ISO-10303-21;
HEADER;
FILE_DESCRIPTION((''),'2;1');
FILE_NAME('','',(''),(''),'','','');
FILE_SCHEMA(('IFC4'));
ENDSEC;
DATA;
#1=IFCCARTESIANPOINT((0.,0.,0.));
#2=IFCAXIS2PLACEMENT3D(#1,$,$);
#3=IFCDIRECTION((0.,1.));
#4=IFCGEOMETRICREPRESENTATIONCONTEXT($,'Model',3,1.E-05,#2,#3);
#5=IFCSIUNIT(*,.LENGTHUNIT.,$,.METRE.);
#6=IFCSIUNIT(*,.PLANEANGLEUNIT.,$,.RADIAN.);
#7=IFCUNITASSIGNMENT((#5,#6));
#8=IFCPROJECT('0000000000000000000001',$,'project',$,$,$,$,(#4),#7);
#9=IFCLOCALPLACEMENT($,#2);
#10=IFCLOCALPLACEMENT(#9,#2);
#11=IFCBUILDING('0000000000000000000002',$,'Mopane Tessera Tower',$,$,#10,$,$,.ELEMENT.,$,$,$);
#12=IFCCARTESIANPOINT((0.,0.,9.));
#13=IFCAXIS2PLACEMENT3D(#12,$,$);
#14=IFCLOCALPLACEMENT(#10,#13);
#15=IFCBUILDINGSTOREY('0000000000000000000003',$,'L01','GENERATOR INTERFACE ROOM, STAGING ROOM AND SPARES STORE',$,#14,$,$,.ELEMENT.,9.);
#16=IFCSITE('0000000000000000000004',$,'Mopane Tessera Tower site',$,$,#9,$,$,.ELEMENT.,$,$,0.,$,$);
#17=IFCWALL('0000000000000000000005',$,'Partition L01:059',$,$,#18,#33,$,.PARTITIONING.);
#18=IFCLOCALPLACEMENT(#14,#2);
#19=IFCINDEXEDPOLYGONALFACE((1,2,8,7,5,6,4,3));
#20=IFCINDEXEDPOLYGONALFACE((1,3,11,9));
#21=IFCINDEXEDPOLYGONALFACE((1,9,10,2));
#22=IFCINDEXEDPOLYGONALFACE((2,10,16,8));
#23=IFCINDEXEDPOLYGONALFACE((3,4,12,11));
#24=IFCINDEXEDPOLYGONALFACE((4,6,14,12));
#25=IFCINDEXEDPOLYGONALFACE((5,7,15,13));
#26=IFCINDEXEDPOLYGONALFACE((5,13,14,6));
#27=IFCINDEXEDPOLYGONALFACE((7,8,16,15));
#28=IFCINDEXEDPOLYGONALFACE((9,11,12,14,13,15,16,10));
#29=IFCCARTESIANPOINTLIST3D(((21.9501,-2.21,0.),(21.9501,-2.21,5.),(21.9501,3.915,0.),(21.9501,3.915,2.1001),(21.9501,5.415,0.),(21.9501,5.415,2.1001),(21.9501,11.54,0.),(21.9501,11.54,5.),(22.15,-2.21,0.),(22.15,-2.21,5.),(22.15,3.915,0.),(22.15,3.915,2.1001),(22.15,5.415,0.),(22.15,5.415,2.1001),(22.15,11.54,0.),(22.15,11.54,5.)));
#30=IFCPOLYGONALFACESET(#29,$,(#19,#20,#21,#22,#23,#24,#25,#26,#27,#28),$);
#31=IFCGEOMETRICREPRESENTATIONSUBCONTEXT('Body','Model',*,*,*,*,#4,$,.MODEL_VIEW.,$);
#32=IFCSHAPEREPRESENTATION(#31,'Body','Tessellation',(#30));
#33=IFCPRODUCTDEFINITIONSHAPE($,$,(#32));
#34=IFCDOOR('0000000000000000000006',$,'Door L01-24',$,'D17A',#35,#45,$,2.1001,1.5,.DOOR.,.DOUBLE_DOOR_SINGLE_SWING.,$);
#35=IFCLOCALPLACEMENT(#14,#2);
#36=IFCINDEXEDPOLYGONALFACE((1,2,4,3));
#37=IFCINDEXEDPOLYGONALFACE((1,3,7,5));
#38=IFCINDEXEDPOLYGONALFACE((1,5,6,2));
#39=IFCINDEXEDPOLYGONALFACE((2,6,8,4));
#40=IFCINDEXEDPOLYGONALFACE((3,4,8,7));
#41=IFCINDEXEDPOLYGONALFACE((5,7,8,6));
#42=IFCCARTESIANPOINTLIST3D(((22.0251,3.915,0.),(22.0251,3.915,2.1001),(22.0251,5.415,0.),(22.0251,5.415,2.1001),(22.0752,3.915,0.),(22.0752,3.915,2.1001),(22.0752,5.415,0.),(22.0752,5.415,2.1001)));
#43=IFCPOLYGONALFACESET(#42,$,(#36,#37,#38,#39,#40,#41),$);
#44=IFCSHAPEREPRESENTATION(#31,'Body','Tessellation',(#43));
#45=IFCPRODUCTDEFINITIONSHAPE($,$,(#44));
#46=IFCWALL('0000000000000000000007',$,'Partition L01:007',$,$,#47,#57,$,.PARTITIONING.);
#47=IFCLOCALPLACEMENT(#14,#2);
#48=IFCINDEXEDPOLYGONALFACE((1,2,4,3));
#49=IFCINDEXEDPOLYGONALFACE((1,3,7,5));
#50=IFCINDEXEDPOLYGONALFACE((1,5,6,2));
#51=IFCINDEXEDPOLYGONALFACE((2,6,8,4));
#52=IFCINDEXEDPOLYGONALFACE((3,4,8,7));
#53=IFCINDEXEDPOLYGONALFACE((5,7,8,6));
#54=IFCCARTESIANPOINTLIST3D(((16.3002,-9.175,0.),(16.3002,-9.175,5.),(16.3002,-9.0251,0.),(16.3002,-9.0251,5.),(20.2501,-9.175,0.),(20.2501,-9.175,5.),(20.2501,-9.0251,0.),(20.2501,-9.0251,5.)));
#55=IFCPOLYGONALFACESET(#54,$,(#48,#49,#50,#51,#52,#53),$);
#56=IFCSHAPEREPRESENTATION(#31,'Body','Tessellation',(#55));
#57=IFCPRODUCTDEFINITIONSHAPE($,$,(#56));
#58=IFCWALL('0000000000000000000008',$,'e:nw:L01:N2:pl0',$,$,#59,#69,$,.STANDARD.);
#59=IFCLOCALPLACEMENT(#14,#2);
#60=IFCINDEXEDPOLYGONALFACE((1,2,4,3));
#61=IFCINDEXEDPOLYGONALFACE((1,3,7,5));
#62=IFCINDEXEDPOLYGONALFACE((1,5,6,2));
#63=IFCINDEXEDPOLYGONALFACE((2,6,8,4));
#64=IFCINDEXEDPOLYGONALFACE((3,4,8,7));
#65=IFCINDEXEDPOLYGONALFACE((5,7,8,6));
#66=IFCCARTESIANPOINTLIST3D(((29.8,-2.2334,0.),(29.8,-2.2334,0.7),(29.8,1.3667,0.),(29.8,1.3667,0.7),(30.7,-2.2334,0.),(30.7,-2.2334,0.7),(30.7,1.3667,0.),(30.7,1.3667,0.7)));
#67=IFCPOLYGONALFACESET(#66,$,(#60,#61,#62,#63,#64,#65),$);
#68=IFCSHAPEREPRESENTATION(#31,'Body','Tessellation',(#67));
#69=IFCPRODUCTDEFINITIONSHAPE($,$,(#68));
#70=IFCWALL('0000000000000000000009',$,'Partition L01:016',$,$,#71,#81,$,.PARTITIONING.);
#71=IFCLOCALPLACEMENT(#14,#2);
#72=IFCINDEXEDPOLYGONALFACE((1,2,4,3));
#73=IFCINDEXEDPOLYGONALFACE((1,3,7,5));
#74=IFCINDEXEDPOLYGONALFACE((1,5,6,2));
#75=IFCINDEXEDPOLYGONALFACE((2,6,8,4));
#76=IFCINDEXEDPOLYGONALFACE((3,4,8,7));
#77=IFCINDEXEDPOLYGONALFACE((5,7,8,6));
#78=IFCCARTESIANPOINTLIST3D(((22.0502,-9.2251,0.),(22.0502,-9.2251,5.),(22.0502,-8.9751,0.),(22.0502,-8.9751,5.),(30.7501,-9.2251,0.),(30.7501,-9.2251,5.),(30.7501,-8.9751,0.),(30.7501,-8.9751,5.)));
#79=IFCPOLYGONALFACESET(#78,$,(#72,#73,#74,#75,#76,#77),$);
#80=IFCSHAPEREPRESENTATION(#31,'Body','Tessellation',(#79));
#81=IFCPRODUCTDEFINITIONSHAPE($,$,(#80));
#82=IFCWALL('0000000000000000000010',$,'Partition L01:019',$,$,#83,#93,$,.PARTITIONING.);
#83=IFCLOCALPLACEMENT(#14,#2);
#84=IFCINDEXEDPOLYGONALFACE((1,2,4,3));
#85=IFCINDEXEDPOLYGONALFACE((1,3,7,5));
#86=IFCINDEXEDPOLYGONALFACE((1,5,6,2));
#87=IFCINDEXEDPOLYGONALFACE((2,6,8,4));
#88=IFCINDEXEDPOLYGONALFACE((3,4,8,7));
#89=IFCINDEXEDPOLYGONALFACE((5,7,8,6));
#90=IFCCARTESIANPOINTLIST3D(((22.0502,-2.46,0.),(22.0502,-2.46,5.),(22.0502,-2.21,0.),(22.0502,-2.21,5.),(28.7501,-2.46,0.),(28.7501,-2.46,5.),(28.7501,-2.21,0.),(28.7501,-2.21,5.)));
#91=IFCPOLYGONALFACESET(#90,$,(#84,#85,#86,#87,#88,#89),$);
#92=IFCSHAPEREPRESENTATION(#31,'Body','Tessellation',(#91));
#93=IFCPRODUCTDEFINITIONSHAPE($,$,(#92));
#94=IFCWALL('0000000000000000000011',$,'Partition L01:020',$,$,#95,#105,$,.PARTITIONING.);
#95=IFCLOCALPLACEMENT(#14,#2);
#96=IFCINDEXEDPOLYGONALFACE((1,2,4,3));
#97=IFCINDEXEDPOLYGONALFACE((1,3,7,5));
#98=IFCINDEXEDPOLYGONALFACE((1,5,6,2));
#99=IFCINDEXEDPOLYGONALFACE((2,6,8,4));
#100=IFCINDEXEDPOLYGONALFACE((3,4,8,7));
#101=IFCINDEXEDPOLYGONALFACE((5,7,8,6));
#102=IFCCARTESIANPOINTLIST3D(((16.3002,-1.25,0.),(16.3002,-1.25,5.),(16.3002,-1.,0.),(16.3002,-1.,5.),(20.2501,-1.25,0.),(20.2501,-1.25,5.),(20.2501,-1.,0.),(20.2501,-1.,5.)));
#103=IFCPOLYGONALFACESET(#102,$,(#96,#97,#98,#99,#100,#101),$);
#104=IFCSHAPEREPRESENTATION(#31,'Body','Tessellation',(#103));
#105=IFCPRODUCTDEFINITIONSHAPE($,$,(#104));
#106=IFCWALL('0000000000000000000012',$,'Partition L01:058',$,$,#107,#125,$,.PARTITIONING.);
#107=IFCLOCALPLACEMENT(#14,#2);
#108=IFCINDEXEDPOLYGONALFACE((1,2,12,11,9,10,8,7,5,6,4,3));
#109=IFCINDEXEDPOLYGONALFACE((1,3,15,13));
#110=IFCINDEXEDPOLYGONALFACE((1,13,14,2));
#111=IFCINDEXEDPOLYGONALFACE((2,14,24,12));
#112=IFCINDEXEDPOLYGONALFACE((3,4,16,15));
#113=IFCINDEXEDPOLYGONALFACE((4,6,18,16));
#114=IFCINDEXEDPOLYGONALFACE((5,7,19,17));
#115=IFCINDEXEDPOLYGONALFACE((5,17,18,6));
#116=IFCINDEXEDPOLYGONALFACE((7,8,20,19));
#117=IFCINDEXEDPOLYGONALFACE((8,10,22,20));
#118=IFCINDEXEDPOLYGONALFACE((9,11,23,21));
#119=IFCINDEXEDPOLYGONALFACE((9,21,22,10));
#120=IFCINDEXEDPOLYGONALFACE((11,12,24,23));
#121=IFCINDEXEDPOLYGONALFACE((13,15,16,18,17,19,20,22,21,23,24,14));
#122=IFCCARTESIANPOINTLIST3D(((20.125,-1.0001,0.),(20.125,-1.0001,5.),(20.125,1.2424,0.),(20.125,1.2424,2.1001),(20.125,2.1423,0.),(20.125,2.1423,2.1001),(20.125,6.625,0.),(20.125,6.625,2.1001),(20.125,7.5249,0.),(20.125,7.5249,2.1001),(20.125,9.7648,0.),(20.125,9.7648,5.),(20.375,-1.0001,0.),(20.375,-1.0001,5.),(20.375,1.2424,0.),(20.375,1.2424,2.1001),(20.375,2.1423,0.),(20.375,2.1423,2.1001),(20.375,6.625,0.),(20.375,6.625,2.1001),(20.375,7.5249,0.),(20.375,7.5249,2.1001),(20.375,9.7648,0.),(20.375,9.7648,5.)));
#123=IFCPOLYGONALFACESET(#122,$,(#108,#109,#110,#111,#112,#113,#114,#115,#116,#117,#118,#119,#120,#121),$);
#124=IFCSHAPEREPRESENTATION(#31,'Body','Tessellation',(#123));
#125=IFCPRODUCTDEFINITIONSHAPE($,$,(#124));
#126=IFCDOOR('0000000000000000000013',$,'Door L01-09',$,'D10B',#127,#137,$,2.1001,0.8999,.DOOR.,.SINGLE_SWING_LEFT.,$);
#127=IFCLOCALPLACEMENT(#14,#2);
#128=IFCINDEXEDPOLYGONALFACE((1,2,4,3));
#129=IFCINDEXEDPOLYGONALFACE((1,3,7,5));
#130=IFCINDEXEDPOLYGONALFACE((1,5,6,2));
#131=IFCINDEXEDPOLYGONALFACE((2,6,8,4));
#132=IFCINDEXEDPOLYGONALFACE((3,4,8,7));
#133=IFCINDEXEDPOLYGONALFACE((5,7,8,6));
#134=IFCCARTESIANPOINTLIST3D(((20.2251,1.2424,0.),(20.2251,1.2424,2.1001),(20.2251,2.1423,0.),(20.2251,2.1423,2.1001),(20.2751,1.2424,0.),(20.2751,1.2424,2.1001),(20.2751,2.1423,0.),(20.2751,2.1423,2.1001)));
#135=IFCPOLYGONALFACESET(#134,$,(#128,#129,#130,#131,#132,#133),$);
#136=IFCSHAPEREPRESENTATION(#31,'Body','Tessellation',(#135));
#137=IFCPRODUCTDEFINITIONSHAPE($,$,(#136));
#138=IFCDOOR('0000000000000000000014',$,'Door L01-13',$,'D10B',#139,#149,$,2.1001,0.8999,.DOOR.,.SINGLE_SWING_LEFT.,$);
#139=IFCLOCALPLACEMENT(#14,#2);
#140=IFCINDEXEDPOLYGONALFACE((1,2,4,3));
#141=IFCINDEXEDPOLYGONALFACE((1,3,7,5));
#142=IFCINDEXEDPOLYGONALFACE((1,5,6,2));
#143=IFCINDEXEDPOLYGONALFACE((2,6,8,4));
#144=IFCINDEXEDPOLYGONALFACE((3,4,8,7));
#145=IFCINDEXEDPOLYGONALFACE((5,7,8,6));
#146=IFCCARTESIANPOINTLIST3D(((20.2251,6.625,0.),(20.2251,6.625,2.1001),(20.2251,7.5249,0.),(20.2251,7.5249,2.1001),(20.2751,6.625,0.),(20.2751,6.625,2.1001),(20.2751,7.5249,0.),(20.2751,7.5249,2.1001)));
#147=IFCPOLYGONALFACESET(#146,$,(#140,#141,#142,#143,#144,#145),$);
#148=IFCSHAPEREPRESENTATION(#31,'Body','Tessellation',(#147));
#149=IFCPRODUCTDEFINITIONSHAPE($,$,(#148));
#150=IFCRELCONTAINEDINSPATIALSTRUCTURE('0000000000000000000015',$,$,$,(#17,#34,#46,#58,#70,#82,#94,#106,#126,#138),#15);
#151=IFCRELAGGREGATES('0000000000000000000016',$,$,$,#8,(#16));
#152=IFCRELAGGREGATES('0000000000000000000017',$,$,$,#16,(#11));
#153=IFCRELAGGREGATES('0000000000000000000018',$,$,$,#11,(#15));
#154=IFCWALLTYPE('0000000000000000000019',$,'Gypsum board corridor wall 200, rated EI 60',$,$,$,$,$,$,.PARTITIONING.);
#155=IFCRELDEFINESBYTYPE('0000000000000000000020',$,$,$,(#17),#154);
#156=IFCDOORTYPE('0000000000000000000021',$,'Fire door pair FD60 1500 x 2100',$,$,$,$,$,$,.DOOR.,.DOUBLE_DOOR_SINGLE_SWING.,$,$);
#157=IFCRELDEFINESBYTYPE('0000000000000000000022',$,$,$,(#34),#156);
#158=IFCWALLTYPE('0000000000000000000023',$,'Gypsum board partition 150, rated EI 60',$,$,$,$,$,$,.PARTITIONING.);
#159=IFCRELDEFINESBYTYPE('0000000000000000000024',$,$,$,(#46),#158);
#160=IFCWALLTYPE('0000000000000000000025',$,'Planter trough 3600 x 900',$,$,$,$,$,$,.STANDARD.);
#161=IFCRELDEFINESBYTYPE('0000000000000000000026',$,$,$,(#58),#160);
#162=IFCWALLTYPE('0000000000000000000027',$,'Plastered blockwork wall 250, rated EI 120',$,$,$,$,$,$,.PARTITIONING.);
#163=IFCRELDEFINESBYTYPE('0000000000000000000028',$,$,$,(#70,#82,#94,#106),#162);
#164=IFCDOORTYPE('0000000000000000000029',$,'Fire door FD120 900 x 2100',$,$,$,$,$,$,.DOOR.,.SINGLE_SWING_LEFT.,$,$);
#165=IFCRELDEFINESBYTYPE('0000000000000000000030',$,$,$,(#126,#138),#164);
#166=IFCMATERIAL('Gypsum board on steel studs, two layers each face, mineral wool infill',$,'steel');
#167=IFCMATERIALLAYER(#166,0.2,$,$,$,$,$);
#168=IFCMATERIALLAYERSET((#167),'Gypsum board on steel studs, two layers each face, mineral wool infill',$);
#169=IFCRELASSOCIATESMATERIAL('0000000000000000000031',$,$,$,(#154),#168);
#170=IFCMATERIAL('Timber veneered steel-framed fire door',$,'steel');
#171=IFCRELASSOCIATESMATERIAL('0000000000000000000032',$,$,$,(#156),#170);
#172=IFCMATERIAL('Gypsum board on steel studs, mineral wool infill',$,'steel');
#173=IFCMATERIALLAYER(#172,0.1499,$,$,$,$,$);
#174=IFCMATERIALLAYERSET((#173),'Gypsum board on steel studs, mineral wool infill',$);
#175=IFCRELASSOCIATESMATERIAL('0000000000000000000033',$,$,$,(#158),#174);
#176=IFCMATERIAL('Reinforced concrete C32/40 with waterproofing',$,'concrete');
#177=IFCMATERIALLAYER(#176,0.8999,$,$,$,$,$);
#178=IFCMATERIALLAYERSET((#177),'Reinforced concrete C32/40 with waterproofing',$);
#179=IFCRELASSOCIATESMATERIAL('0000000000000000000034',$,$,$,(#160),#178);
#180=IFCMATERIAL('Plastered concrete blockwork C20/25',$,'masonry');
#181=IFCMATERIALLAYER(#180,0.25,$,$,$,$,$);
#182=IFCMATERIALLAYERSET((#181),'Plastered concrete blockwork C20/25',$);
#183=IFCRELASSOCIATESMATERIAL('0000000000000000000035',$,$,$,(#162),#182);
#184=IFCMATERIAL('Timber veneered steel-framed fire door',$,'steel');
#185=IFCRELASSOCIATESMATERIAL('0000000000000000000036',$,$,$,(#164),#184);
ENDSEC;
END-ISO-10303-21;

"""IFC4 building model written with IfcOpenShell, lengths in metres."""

from ifc_helpers import new_model, si_unit, direction, frame, frame_2d, origin, place, context, subcontext, project, spatial, rectangle, extrude, material, layer, layer_set, type_object, element, fill, save


model = new_model("IFC4")

# Units and contexts
model_context = context("Model", 3, precision=1e-05, world=origin(), true_north=direction((0.0, 1.0)))
body_context = subcontext(model_context, "Body", "Model", "MODEL_VIEW")
ifc_project = project(units=[si_unit("LENGTHUNIT", "METRE"), si_unit("PLANEANGLEUNIT", "RADIAN")], contexts=[model_context])

# Site, building, storey
site_placement = place(None, origin())
site = spatial("IfcSite", under=ifc_project, at=site_placement, Name="Mopane Tessera Tower site", CompositionType="ELEMENT", RefElevation=0.0)
building_placement = place(site_placement, origin())
building = spatial("IfcBuilding", under=site, at=building_placement, Name="Mopane Tessera Tower", CompositionType="ELEMENT")
storey_placement = place(building_placement, frame((0.0, 0.0, 9.0)))
storey = spatial("IfcBuildingStorey", under=building, at=storey_placement, Name="L01", Description="GENERATOR INTERFACE ROOM, STAGING ROOM AND SPARES STORE", CompositionType="ELEMENT", Elevation=9.0)

# Shared definitions
ifc_material_1 = material(Name="Gypsum board on steel studs, two layers each face, mineral wool infill", Category="steel")
ifc_layer_1 = layer(ifc_material_1, 0.2)
ifc_layer_set_1 = layer_set([ifc_layer_1], Name="Gypsum board on steel studs, two layers each face, mineral wool infill")
wall_type_1 = type_object("IfcWallType", Name="Gypsum board corridor wall 200, rated EI 60", PredefinedType="PARTITIONING", material=ifc_layer_set_1)

# Wall, opening, door
wall_1_placement = place(storey_placement, frame((22.05, -2.21, 0.0), z_axis=(0.0, 0.0, 1.0), x_axis=(0.0, 1.0, 0.0)))
wall_1 = element("IfcWall", 1, at=wall_1_placement, inside=storey, type_object=wall_type_1, Name="Partition L01:059", PredefinedType="PARTITIONING", context=body_context, shape_type="SweptSolid", body=[
    extrude(rectangle(XDim=13.75, YDim=0.2, at=frame_2d((6.875, 0.0))), origin(), (0.0, 0.0, 1.0), 5.0),
])
opening_1_placement = place(wall_1_placement, frame((6.125, 0.0, 0.0)))
opening_1 = element("IfcOpeningElement", 2, at=opening_1_placement, cuts=wall_1, PredefinedType="OPENING", context=body_context, shape_type="SweptSolid", body=[
    extrude(rectangle(XDim=1.5, YDim=2.1001, at=frame_2d((0.75, 1.05))), frame((0.0, 0.1121, 0.0), z_axis=(0.0, -1.0, 0.0), x_axis=(1.0, 0.0, 0.0)), (0.0, 0.0, 1.0), 0.2239),
])
ifc_material_2 = material(Name="Timber veneered steel-framed fire door", Category="steel")
door_type_1 = type_object("IfcDoorType", Name="Fire door pair FD60 1500 x 2100", OperationType="DOUBLE_DOOR_SINGLE_SWING", PredefinedType="DOOR", material=ifc_material_2)
door_1_placement = place(opening_1_placement, origin())
door_1 = element("IfcDoor", 3, at=door_1_placement, inside=storey, type_object=door_type_1, Name="Door L01-24", ObjectType="D17A", OperationType="DOUBLE_DOOR_SINGLE_SWING", OverallHeight=2.1001, OverallWidth=1.5, PredefinedType="DOOR", context=body_context, shape_type="SweptSolid", body=[
    extrude(rectangle(XDim=1.5, YDim=2.1001, at=frame_2d((0.75, 1.05))), frame((0.0, 0.0249, 0.0), z_axis=(0.0, -1.0, 0.0), x_axis=(1.0, 0.0, 0.0)), (0.0, 0.0, 1.0), 0.05),
])
fill(opening_1, door_1)

# Walls
ifc_material_3 = material(Name="Gypsum board on steel studs, mineral wool infill", Category="steel")
ifc_layer_2 = layer(ifc_material_3, 0.1499)
ifc_layer_set_2 = layer_set([ifc_layer_2], Name="Gypsum board on steel studs, mineral wool infill")
wall_type_2 = type_object("IfcWallType", Name="Gypsum board partition 150, rated EI 60", PredefinedType="PARTITIONING", material=ifc_layer_set_2)
wall_2_placement = place(storey_placement, frame((16.3, -9.1001, 0.0), z_axis=(0.0, 0.0, 1.0), x_axis=(1.0, 0.0, 0.0)))
element("IfcWall", 4, at=wall_2_placement, inside=storey, type_object=wall_type_2, Name="Partition L01:007", PredefinedType="PARTITIONING", context=body_context, shape_type="SweptSolid", body=[
    extrude(rectangle(XDim=3.95, YDim=0.1499, at=frame_2d((1.9751, 0.0))), origin(), (0.0, 0.0, 1.0), 5.0),
])
ifc_material_4 = material(Name="Reinforced concrete C32/40 with waterproofing", Category="concrete")
ifc_layer_3 = layer(ifc_material_4, 0.8999)
ifc_layer_set_3 = layer_set([ifc_layer_3], Name="Reinforced concrete C32/40 with waterproofing")
wall_type_3 = type_object("IfcWallType", Name="Planter trough 3600 x 900", PredefinedType="STANDARD", material=ifc_layer_set_3)
wall_3_placement = place(storey_placement, frame((30.25, -2.2334, 0.0), z_axis=(0.0, 0.0, 1.0), x_axis=(0.0, 1.0, 0.0)))
element("IfcWall", 5, at=wall_3_placement, inside=storey, type_object=wall_type_3, Name="e:nw:L01:N2:pl0", PredefinedType="STANDARD", context=body_context, shape_type="SweptSolid", body=[
    extrude(rectangle(XDim=3.6001, YDim=0.8999, at=frame_2d((1.8, 0.0))), origin(), (0.0, 0.0, 1.0), 0.7),
])
ifc_material_5 = material(Name="Plastered concrete blockwork C20/25", Category="masonry")
ifc_layer_4 = layer(ifc_material_5, 0.25)
ifc_layer_set_4 = layer_set([ifc_layer_4], Name="Plastered concrete blockwork C20/25")
wall_type_4 = type_object("IfcWallType", Name="Plastered blockwork wall 250, rated EI 120", PredefinedType="PARTITIONING", material=ifc_layer_set_4)
wall_4_placement = place(storey_placement, frame((22.05, -9.1001, 0.0), z_axis=(0.0, 0.0, 1.0), x_axis=(1.0, 0.0, 0.0)))
element("IfcWall", 6, at=wall_4_placement, inside=storey, type_object=wall_type_4, Name="Partition L01:016", PredefinedType="PARTITIONING", context=body_context, shape_type="SweptSolid", body=[
    extrude(rectangle(XDim=8.7, YDim=0.25, at=frame_2d((4.3501, 0.0))), origin(), (0.0, 0.0, 1.0), 5.0),
])
wall_5_placement = place(storey_placement, frame((22.05, -2.335, 0.0), z_axis=(0.0, 0.0, 1.0), x_axis=(1.0, 0.0, 0.0)))
element("IfcWall", 7, at=wall_5_placement, inside=storey, type_object=wall_type_4, Name="Partition L01:019", PredefinedType="PARTITIONING", context=body_context, shape_type="SweptSolid", body=[
    extrude(rectangle(XDim=6.7, YDim=0.25, at=frame_2d((3.3501, 0.0))), origin(), (0.0, 0.0, 1.0), 5.0),
])
wall_6_placement = place(storey_placement, frame((16.3, -1.125, 0.0), z_axis=(0.0, 0.0, 1.0), x_axis=(1.0, 0.0, 0.0)))
element("IfcWall", 8, at=wall_6_placement, inside=storey, type_object=wall_type_4, Name="Partition L01:020", PredefinedType="PARTITIONING", context=body_context, shape_type="SweptSolid", body=[
    extrude(rectangle(XDim=3.95, YDim=0.25, at=frame_2d((1.9751, 0.0))), origin(), (0.0, 0.0, 1.0), 5.0),
])

# Wall, openings, doors
wall_7_placement = place(storey_placement, frame((20.25, -1.0, 0.0), z_axis=(0.0, 0.0, 1.0), x_axis=(0.0, 1.0, 0.0)))
wall_7 = element("IfcWall", 9, at=wall_7_placement, inside=storey, type_object=wall_type_4, Name="Partition L01:058", PredefinedType="PARTITIONING", context=body_context, shape_type="SweptSolid", body=[
    extrude(rectangle(XDim=10.7649, YDim=0.25, at=frame_2d((5.3823, 0.0))), origin(), (0.0, 0.0, 1.0), 5.0),
])
opening_2_placement = place(wall_7_placement, frame((2.2424, 0.0, 0.0)))
opening_2 = element("IfcOpeningElement", 10, at=opening_2_placement, cuts=wall_7, PredefinedType="OPENING", context=body_context, shape_type="SweptSolid", body=[
    extrude(rectangle(XDim=0.8999, YDim=2.1001, at=frame_2d((0.45, 1.05))), frame((0.0, 0.137, 0.0), z_axis=(0.0, -1.0, 0.0), x_axis=(1.0, 0.0, 0.0)), (0.0, 0.0, 1.0), 0.2739),
])
opening_3_placement = place(wall_7_placement, frame((7.625, 0.0, 0.0)))
opening_3 = element("IfcOpeningElement", 11, at=opening_3_placement, cuts=wall_7, PredefinedType="OPENING", context=body_context, shape_type="SweptSolid", body=[
    extrude(rectangle(XDim=0.8999, YDim=2.1001, at=frame_2d((0.45, 1.05))), frame((0.0, 0.137, 0.0), z_axis=(0.0, -1.0, 0.0), x_axis=(1.0, 0.0, 0.0)), (0.0, 0.0, 1.0), 0.2739),
])
ifc_material_6 = material(Name="Timber veneered steel-framed fire door", Category="steel")
door_type_2 = type_object("IfcDoorType", Name="Fire door FD120 900 x 2100", OperationType="SINGLE_SWING_LEFT", PredefinedType="DOOR", material=ifc_material_6)
door_2_placement = place(opening_2_placement, origin())
door_2 = element("IfcDoor", 12, at=door_2_placement, inside=storey, type_object=door_type_2, Name="Door L01-09", ObjectType="D10B", OperationType="SINGLE_SWING_LEFT", OverallHeight=2.1001, OverallWidth=0.8999, PredefinedType="DOOR", context=body_context, shape_type="SweptSolid", body=[
    extrude(rectangle(XDim=0.8999, YDim=2.1001, at=frame_2d((0.45, 1.05))), frame((0.0, 0.0249, 0.0), z_axis=(0.0, -1.0, 0.0), x_axis=(1.0, 0.0, 0.0)), (0.0, 0.0, 1.0), 0.05),
])
fill(opening_2, door_2)
door_3_placement = place(opening_3_placement, origin())
door_3 = element("IfcDoor", 13, at=door_3_placement, inside=storey, type_object=door_type_2, Name="Door L01-13", ObjectType="D10B", OperationType="SINGLE_SWING_LEFT", OverallHeight=2.1001, OverallWidth=0.8999, PredefinedType="DOOR", context=body_context, shape_type="SweptSolid", body=[
    extrude(rectangle(XDim=0.8999, YDim=2.1001, at=frame_2d((0.45, 1.05))), frame((0.0, 0.0249, 0.0), z_axis=(0.0, -1.0, 0.0), x_axis=(1.0, 0.0, 0.0)), (0.0, 0.0, 1.0), 0.05),
])
fill(opening_3, door_3)

save(model, "model.ifc")
